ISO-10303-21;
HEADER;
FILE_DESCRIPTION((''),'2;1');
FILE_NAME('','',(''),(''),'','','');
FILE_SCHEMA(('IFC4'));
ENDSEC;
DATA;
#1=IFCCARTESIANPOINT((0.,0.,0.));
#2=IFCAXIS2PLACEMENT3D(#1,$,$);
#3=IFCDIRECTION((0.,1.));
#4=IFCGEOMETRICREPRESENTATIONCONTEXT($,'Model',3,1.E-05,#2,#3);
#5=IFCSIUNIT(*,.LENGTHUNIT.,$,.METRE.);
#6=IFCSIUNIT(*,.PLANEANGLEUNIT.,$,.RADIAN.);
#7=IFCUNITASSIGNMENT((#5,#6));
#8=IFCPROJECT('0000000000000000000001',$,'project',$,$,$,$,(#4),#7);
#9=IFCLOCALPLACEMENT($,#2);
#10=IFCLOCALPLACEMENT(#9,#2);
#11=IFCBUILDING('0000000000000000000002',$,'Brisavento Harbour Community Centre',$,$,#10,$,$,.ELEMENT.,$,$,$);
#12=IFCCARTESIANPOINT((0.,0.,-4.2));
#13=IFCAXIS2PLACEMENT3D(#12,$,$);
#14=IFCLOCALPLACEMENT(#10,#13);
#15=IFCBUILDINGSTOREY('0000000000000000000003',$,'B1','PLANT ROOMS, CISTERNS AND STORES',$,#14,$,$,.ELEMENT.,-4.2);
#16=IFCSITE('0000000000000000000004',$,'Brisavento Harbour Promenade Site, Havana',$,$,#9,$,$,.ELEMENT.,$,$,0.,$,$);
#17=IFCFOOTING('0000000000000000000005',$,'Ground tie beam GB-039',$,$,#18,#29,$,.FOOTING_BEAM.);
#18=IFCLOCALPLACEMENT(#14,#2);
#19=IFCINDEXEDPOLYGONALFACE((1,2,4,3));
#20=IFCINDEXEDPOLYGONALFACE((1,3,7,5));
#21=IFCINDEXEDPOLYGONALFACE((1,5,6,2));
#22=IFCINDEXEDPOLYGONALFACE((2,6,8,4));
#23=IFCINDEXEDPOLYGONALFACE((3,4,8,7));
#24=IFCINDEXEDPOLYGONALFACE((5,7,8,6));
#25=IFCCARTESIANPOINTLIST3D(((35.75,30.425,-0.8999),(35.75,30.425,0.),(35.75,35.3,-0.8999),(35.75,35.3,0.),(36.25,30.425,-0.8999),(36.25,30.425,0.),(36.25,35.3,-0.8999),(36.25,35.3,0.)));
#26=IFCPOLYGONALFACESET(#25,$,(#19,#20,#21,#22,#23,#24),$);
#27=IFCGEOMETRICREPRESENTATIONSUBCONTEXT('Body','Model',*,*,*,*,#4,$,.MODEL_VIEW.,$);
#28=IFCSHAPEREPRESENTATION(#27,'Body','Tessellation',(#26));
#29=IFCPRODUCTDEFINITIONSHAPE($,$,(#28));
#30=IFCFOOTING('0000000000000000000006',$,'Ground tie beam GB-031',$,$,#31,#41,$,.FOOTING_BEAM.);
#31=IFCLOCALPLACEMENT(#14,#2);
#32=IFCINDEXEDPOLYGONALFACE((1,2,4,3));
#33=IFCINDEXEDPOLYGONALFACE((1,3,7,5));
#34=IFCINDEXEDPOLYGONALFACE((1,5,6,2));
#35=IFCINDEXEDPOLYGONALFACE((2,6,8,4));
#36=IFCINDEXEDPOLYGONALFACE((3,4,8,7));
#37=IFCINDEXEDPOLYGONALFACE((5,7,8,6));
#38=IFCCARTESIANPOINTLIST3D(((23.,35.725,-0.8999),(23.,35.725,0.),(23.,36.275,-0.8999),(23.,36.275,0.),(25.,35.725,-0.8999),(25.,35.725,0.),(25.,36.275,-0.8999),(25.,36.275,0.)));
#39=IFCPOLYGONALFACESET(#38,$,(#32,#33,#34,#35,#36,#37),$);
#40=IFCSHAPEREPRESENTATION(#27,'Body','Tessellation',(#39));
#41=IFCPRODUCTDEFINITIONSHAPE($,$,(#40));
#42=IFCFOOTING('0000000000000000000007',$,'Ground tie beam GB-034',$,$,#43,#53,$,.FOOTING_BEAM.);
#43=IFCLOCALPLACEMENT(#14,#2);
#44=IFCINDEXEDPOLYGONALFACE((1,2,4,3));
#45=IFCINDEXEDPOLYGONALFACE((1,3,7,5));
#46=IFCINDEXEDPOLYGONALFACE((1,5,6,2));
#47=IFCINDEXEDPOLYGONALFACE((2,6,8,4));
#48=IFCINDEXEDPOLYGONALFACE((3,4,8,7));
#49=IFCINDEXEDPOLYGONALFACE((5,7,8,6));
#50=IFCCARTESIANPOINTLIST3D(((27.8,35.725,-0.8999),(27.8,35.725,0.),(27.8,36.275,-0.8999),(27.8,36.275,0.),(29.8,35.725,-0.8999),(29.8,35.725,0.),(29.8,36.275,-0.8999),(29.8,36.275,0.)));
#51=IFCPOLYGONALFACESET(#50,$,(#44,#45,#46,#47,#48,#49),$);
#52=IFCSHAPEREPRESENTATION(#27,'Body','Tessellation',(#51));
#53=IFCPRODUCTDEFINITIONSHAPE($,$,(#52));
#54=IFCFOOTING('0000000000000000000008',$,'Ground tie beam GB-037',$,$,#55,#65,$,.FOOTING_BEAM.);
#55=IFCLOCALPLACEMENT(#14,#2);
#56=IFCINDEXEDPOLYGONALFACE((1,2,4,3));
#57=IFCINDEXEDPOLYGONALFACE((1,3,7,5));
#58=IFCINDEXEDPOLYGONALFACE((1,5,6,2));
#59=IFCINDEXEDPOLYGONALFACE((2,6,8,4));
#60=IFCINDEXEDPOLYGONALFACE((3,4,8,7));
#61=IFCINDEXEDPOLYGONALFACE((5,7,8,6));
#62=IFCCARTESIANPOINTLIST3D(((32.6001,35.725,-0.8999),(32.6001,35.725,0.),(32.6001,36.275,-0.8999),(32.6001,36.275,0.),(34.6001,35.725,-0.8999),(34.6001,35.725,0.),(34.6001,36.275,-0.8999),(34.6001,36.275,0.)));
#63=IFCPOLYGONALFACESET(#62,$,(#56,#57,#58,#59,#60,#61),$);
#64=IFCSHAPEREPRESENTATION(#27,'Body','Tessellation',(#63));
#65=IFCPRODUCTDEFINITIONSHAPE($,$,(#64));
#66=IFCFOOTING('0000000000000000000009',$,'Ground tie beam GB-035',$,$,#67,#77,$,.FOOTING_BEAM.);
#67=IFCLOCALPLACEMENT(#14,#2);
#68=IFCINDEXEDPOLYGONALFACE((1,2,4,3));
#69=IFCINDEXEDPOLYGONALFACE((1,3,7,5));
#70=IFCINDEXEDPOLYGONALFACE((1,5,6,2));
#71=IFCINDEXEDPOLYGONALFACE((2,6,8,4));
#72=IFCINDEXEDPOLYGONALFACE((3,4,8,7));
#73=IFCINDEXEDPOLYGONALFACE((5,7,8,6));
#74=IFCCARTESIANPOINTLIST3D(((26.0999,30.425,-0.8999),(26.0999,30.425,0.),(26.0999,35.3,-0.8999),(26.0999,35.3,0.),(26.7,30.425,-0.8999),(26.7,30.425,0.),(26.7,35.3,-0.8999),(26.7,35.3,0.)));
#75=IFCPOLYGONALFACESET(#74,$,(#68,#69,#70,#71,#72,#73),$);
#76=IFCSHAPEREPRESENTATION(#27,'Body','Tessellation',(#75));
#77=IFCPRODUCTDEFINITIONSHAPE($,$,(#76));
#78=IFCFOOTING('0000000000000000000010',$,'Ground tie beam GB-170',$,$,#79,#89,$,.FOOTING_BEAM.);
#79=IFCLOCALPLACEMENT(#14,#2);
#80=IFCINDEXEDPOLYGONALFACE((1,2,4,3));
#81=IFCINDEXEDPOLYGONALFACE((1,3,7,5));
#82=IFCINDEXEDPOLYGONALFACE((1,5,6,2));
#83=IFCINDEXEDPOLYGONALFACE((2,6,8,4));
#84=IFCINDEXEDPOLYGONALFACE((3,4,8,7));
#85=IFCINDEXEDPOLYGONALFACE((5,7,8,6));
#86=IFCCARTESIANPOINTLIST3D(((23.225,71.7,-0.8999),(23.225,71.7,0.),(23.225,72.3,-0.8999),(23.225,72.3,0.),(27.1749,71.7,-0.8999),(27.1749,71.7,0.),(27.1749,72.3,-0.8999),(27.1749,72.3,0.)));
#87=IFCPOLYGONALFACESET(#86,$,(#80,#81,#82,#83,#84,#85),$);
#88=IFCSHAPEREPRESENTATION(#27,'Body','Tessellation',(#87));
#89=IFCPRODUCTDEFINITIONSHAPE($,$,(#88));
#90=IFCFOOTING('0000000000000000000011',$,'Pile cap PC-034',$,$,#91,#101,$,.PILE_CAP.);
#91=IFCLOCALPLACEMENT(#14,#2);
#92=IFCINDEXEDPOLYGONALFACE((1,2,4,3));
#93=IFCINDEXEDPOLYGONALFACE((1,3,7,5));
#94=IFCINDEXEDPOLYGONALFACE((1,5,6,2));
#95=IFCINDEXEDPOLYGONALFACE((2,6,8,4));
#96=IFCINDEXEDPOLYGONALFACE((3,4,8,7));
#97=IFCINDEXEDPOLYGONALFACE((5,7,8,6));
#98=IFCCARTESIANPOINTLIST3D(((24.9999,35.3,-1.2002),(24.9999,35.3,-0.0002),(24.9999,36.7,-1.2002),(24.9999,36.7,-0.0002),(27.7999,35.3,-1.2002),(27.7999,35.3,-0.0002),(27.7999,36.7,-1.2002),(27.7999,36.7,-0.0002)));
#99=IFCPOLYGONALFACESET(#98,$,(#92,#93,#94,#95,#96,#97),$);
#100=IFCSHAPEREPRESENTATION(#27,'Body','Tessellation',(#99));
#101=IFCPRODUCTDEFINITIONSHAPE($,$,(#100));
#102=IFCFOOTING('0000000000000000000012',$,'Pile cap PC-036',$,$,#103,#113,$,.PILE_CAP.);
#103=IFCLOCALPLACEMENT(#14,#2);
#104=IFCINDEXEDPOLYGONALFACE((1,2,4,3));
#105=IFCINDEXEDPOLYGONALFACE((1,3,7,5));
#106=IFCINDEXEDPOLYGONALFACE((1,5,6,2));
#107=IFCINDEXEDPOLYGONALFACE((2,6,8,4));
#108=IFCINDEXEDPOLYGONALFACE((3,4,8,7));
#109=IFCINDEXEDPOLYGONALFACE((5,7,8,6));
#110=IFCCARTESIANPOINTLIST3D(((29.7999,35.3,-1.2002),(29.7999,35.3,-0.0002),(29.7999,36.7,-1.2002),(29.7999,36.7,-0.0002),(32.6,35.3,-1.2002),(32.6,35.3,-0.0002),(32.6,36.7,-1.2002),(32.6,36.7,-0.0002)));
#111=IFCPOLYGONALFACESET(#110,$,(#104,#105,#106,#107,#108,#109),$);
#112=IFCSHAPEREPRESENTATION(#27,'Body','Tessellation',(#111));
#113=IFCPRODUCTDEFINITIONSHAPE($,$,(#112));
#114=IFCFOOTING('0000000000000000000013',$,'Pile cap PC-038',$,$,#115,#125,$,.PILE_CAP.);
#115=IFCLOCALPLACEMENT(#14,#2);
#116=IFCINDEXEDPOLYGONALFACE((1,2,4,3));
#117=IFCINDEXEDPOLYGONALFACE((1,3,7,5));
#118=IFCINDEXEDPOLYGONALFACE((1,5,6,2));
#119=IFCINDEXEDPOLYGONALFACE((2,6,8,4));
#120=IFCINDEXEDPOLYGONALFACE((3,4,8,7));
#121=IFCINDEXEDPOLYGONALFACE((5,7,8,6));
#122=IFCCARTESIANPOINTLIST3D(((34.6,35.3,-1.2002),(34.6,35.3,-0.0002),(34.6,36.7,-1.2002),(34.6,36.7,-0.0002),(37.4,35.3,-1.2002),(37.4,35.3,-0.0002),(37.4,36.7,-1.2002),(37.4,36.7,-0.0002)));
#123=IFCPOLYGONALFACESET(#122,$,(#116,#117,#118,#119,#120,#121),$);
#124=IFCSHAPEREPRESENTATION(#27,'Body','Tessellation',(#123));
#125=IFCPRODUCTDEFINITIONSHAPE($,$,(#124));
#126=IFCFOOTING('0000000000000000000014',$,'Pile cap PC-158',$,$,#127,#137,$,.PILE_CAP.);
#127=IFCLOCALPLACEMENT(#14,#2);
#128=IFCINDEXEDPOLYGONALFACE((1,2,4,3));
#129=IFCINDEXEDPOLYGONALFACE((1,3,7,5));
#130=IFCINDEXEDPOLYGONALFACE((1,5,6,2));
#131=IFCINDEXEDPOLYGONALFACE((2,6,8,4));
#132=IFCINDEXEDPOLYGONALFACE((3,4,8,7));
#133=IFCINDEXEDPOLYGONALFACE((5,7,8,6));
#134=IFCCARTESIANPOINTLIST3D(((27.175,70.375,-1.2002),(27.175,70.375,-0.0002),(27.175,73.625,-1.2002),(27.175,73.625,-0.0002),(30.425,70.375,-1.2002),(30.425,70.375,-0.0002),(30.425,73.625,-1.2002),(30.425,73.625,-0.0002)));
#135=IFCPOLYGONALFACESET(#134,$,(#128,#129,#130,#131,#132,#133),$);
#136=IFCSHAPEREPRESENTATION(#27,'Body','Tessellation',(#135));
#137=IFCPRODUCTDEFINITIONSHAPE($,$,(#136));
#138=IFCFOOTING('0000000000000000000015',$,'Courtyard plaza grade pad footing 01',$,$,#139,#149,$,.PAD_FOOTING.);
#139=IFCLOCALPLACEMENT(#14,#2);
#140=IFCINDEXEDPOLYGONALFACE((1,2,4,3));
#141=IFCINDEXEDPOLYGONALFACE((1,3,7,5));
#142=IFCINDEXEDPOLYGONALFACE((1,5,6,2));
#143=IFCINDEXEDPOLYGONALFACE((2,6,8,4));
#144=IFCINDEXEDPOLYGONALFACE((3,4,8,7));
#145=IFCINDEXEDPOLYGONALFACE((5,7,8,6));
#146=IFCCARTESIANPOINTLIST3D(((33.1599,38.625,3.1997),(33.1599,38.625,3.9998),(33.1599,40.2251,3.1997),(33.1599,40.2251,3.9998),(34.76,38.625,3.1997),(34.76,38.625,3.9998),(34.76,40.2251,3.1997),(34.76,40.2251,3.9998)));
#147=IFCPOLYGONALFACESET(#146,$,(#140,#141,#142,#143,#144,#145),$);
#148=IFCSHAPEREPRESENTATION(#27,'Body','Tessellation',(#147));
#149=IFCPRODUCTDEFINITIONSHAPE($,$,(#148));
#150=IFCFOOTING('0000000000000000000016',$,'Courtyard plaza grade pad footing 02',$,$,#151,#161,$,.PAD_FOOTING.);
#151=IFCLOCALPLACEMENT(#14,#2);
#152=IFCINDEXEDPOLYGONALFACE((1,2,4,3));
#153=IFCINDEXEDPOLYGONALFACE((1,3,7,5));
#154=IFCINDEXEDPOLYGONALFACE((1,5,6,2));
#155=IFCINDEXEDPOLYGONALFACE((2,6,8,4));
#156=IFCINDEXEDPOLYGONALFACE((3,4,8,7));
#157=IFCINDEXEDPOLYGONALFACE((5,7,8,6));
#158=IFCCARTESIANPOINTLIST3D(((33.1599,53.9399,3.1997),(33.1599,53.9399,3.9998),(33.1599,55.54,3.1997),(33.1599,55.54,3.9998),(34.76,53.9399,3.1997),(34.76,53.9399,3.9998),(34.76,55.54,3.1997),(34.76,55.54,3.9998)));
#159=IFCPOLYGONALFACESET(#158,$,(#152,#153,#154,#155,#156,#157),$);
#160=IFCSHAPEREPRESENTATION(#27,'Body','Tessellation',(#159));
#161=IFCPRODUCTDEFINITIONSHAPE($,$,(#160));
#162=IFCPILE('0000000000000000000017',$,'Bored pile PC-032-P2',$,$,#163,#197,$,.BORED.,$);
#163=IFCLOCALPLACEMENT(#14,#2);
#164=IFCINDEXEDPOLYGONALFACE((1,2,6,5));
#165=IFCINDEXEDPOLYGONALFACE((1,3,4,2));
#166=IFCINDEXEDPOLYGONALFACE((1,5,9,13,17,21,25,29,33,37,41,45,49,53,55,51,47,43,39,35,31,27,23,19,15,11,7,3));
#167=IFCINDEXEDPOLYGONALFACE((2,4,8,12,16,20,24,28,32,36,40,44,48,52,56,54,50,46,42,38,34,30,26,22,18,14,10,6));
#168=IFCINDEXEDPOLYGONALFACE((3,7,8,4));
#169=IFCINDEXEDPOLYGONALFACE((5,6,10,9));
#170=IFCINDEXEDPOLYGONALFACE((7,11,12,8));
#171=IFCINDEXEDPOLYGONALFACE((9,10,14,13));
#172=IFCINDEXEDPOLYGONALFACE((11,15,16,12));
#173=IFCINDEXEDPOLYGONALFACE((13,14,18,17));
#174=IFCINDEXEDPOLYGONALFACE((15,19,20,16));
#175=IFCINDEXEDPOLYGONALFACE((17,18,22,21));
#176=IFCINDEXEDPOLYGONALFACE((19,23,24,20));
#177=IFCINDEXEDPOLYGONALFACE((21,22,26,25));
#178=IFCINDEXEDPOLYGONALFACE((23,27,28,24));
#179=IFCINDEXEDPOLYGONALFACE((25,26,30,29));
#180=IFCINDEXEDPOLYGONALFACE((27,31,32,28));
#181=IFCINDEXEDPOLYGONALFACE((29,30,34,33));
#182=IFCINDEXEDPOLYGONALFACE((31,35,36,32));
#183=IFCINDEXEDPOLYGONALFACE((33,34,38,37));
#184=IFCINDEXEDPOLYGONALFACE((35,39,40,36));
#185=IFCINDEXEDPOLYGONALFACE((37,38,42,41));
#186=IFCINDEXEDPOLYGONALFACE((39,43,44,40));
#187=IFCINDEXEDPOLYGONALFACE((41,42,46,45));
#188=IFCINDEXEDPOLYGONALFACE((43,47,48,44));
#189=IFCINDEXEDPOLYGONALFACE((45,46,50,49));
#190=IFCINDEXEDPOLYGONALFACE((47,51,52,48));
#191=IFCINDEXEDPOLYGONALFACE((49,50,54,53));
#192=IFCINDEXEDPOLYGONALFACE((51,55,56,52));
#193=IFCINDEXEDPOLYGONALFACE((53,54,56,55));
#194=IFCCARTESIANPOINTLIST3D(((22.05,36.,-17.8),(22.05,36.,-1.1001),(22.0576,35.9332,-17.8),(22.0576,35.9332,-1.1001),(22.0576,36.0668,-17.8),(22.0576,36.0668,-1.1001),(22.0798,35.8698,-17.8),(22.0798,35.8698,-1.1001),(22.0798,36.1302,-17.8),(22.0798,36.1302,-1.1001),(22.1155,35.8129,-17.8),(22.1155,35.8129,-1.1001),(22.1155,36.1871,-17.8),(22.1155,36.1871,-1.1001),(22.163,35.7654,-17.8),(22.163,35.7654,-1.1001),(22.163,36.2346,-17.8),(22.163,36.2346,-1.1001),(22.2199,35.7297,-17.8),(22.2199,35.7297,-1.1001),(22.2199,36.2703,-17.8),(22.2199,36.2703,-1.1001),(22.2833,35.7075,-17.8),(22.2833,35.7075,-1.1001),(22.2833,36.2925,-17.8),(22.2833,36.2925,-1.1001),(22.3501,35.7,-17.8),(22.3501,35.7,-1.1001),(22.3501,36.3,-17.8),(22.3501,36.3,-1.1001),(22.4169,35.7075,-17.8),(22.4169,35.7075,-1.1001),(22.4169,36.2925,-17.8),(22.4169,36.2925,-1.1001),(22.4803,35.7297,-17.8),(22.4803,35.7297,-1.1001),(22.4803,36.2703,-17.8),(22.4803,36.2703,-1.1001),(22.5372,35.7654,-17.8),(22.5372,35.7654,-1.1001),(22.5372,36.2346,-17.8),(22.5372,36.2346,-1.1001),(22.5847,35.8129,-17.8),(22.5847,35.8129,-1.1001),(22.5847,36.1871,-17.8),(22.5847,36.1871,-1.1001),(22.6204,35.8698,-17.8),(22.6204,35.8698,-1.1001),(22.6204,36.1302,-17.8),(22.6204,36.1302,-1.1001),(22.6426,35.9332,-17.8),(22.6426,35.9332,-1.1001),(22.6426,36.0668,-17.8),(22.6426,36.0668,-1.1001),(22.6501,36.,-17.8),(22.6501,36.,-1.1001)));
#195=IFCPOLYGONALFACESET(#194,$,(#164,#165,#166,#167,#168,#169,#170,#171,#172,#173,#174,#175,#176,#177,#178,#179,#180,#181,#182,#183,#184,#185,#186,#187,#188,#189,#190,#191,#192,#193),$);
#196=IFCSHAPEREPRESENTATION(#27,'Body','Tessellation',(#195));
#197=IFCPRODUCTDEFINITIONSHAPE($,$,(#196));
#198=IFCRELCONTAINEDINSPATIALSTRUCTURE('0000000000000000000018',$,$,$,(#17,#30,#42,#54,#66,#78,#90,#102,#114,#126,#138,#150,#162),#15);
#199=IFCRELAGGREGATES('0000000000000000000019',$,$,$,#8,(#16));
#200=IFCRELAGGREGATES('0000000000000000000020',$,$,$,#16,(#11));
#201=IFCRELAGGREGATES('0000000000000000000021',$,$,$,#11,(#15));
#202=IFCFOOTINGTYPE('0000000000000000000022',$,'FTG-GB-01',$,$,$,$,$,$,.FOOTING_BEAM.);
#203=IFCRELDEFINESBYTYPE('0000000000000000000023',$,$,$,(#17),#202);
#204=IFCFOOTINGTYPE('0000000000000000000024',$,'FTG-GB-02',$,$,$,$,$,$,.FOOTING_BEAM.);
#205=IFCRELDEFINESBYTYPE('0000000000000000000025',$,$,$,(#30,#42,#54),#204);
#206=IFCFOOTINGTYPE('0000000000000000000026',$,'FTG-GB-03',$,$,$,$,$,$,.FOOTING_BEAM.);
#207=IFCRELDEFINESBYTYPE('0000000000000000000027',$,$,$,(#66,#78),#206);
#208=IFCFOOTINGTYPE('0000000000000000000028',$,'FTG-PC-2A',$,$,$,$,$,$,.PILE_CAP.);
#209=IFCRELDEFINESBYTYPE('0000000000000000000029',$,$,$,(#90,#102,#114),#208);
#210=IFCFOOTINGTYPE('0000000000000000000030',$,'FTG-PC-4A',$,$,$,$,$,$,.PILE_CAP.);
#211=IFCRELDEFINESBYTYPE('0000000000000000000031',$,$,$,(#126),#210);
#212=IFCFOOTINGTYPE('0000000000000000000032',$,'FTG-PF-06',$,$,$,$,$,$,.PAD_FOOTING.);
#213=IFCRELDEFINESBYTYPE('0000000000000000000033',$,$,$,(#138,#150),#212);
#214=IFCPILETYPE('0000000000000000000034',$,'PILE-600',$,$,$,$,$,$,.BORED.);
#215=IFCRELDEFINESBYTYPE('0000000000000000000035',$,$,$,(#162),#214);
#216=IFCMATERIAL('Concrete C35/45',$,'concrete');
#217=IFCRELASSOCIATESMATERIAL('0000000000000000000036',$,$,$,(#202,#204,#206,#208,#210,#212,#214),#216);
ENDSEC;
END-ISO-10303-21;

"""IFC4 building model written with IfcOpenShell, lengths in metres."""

from ifc_helpers import new_model, si_unit, direction, frame, origin, origin_2d, place, context, subcontext, project, spatial, rectangle, circle, extrude, material, material_profile, profile_set, type_object, element, save


model = new_model("IFC4")

# Units and contexts
model_context = context("Model", 3, precision=1e-05, world=origin(), true_north=direction((0.0, 1.0)))
body_context = subcontext(model_context, "Body", "Model", "MODEL_VIEW")
ifc_project = project(units=[si_unit("LENGTHUNIT", "METRE"), si_unit("PLANEANGLEUNIT", "RADIAN")], contexts=[model_context])

# Site, building, storey
site_placement = place(None, origin())
site = spatial("IfcSite", under=ifc_project, at=site_placement, Name="Brisavento Harbour Promenade Site, Havana", CompositionType="ELEMENT", RefElevation=0.0)
building_placement = place(site_placement, origin())
building = spatial("IfcBuilding", under=site, at=building_placement, Name="Brisavento Harbour Community Centre", CompositionType="ELEMENT")
storey_placement = place(building_placement, frame((0.0, 0.0, -4.2)))
storey = spatial("IfcBuildingStorey", under=building, at=storey_placement, Name="B1", Description="PLANT ROOMS, CISTERNS AND STORES", CompositionType="ELEMENT", Elevation=-4.2)

# Footings
ifc_material_1 = material(Name="Concrete C35/45", Category="concrete")
footing_type_1 = type_object("IfcFootingType", Name="FTG-GB-01", PredefinedType="FOOTING_BEAM", material=ifc_material_1)
footing_1_placement = place(storey_placement, frame((36.0, 32.8625, -0.8999), z_axis=(0.0, 0.0, 1.0), x_axis=(1.0, 0.0, 0.0)))
element("IfcFooting", 1, at=footing_1_placement, inside=storey, type_object=footing_type_1, Name="Ground tie beam GB-039", PredefinedType="FOOTING_BEAM", context=body_context, shape_type="SweptSolid", body=[
    extrude(rectangle(XDim=0.5, YDim=4.875, at=origin_2d()), origin(), (0.0, 0.0, 1.0), 0.8999),
])
footing_type_2 = type_object("IfcFootingType", Name="FTG-GB-02", PredefinedType="FOOTING_BEAM", material=ifc_material_1)
for number, where, z_axis, x_axis, name in (
    (2, (24.0, 36.0, -0.8999), (0.0, 0.0, 1.0), (1.0, 0.0, 0.0), "Ground tie beam GB-031"),
    (3, (28.8, 36.0, -0.8999), (0.0, 0.0, 1.0), (1.0, 0.0, 0.0), "Ground tie beam GB-034"),
    (4, (33.6001, 36.0, -0.8999), (0.0, 0.0, 1.0), (1.0, 0.0, 0.0), "Ground tie beam GB-037"),
):
    element("IfcFooting", number, at=place(storey_placement, frame(where, z_axis=z_axis, x_axis=x_axis)), inside=storey, type_object=footing_type_2, Name=name, PredefinedType="FOOTING_BEAM", context=body_context, shape_type="SweptSolid", body=[
        extrude(rectangle(XDim=2.0, YDim=0.55, at=origin_2d()), origin(), (0.0, 0.0, 1.0), 0.8999),
    ])
footing_type_3 = type_object("IfcFootingType", Name="FTG-GB-03", PredefinedType="FOOTING_BEAM", material=ifc_material_1)
footing_2_placement = place(storey_placement, frame((26.3999, 32.8625, -0.8999), z_axis=(0.0, 0.0, 1.0), x_axis=(1.0, 0.0, 0.0)))
element("IfcFooting", 5, at=footing_2_placement, inside=storey, type_object=footing_type_3, Name="Ground tie beam GB-035", PredefinedType="FOOTING_BEAM", context=body_context, shape_type="SweptSolid", body=[
    extrude(rectangle(XDim=0.6001, YDim=4.875, at=origin_2d()), origin(), (0.0, 0.0, 1.0), 0.8999),
])
footing_3_placement = place(storey_placement, frame((25.2, 72.0, -0.8999), z_axis=(0.0, 0.0, 1.0), x_axis=(1.0, 0.0, 0.0)))
element("IfcFooting", 6, at=footing_3_placement, inside=storey, type_object=footing_type_3, Name="Ground tie beam GB-170", PredefinedType="FOOTING_BEAM", context=body_context, shape_type="SweptSolid", body=[
    extrude(rectangle(XDim=3.95, YDim=0.6001, at=origin_2d()), origin(), (0.0, 0.0, 1.0), 0.8999),
])
footing_type_4 = type_object("IfcFootingType", Name="FTG-PC-2A", PredefinedType="PILE_CAP", material=ifc_material_1)
for number, where, z_axis, x_axis, name in (
    (7, (26.3999, 36.0, -1.2002), (0.0, 0.0, 1.0), (1.0, 0.0, 0.0), "Pile cap PC-034"),
    (8, (31.2, 36.0, -1.2002), (0.0, 0.0, 1.0), (1.0, 0.0, 0.0), "Pile cap PC-036"),
    (9, (36.0, 36.0, -1.2002), (0.0, 0.0, 1.0), (1.0, 0.0, 0.0), "Pile cap PC-038"),
):
    element("IfcFooting", number, at=place(storey_placement, frame(where, z_axis=z_axis, x_axis=x_axis)), inside=storey, type_object=footing_type_4, Name=name, PredefinedType="PILE_CAP", context=body_context, shape_type="SweptSolid", body=[
        extrude(rectangle(XDim=2.8, YDim=1.3999, at=origin_2d()), origin(), (0.0, 0.0, 1.0), 1.2),
    ])
footing_type_5 = type_object("IfcFootingType", Name="FTG-PC-4A", PredefinedType="PILE_CAP", material=ifc_material_1)
footing_4_placement = place(storey_placement, frame((28.8, 72.0, -1.2002), z_axis=(0.0, 0.0, 1.0), x_axis=(1.0, 0.0, 0.0)))
element("IfcFooting", 10, at=footing_4_placement, inside=storey, type_object=footing_type_5, Name="Pile cap PC-158", PredefinedType="PILE_CAP", context=body_context, shape_type="SweptSolid", body=[
    extrude(rectangle(XDim=3.25, YDim=3.25, at=origin_2d()), origin(), (0.0, 0.0, 1.0), 1.2),
])
footing_type_6 = type_object("IfcFootingType", Name="FTG-PF-06", PredefinedType="PAD_FOOTING", material=ifc_material_1)
for number, where, z_axis, x_axis, name in (
    (11, (33.96, 39.425, 3.1997), (0.0, 0.0, 1.0), (1.0, 0.0, 0.0), "Courtyard plaza grade pad footing 01"),
    (12, (33.96, 54.74, 3.1997), (0.0, 0.0, 1.0), (1.0, 0.0, 0.0), "Courtyard plaza grade pad footing 02"),
):
    element("IfcFooting", number, at=place(storey_placement, frame(where, z_axis=z_axis, x_axis=x_axis)), inside=storey, type_object=footing_type_6, Name=name, PredefinedType="PAD_FOOTING", context=body_context, shape_type="SweptSolid", body=[
        extrude(rectangle(XDim=1.6001, YDim=1.6001, at=origin_2d()), origin(), (0.0, 0.0, 1.0), 0.8),
    ])

# Pile
ifc_material_profile_1 = material_profile(ifc_material_1, circle(Radius=0.3, at=origin_2d()), Name="Concrete C35/45")
ifc_profile_set_1 = profile_set([ifc_material_profile_1], Name="Concrete C35/45")
pile_type = type_object("IfcPileType", Name="PILE-600", PredefinedType="BORED", material=ifc_profile_set_1)
for number, where, z_axis, x_axis, name in (
    (13, (22.3501, 36.0, -1.1001), (0.0, 0.0, -1.0), (1.0, 0.0, 0.0), "Bored pile PC-032-P2"),
):
    element("IfcPile", number, at=place(storey_placement, frame(where, z_axis=z_axis, x_axis=x_axis)), inside=storey, type_object=pile_type, Name=name, PredefinedType="BORED", context=body_context, shape_type="SweptSolid", body=[
        extrude(circle(Radius=0.3, at=origin_2d()), origin(), (0.0, 0.0, 1.0), 16.7),
    ])

save(model, "model.ifc")
